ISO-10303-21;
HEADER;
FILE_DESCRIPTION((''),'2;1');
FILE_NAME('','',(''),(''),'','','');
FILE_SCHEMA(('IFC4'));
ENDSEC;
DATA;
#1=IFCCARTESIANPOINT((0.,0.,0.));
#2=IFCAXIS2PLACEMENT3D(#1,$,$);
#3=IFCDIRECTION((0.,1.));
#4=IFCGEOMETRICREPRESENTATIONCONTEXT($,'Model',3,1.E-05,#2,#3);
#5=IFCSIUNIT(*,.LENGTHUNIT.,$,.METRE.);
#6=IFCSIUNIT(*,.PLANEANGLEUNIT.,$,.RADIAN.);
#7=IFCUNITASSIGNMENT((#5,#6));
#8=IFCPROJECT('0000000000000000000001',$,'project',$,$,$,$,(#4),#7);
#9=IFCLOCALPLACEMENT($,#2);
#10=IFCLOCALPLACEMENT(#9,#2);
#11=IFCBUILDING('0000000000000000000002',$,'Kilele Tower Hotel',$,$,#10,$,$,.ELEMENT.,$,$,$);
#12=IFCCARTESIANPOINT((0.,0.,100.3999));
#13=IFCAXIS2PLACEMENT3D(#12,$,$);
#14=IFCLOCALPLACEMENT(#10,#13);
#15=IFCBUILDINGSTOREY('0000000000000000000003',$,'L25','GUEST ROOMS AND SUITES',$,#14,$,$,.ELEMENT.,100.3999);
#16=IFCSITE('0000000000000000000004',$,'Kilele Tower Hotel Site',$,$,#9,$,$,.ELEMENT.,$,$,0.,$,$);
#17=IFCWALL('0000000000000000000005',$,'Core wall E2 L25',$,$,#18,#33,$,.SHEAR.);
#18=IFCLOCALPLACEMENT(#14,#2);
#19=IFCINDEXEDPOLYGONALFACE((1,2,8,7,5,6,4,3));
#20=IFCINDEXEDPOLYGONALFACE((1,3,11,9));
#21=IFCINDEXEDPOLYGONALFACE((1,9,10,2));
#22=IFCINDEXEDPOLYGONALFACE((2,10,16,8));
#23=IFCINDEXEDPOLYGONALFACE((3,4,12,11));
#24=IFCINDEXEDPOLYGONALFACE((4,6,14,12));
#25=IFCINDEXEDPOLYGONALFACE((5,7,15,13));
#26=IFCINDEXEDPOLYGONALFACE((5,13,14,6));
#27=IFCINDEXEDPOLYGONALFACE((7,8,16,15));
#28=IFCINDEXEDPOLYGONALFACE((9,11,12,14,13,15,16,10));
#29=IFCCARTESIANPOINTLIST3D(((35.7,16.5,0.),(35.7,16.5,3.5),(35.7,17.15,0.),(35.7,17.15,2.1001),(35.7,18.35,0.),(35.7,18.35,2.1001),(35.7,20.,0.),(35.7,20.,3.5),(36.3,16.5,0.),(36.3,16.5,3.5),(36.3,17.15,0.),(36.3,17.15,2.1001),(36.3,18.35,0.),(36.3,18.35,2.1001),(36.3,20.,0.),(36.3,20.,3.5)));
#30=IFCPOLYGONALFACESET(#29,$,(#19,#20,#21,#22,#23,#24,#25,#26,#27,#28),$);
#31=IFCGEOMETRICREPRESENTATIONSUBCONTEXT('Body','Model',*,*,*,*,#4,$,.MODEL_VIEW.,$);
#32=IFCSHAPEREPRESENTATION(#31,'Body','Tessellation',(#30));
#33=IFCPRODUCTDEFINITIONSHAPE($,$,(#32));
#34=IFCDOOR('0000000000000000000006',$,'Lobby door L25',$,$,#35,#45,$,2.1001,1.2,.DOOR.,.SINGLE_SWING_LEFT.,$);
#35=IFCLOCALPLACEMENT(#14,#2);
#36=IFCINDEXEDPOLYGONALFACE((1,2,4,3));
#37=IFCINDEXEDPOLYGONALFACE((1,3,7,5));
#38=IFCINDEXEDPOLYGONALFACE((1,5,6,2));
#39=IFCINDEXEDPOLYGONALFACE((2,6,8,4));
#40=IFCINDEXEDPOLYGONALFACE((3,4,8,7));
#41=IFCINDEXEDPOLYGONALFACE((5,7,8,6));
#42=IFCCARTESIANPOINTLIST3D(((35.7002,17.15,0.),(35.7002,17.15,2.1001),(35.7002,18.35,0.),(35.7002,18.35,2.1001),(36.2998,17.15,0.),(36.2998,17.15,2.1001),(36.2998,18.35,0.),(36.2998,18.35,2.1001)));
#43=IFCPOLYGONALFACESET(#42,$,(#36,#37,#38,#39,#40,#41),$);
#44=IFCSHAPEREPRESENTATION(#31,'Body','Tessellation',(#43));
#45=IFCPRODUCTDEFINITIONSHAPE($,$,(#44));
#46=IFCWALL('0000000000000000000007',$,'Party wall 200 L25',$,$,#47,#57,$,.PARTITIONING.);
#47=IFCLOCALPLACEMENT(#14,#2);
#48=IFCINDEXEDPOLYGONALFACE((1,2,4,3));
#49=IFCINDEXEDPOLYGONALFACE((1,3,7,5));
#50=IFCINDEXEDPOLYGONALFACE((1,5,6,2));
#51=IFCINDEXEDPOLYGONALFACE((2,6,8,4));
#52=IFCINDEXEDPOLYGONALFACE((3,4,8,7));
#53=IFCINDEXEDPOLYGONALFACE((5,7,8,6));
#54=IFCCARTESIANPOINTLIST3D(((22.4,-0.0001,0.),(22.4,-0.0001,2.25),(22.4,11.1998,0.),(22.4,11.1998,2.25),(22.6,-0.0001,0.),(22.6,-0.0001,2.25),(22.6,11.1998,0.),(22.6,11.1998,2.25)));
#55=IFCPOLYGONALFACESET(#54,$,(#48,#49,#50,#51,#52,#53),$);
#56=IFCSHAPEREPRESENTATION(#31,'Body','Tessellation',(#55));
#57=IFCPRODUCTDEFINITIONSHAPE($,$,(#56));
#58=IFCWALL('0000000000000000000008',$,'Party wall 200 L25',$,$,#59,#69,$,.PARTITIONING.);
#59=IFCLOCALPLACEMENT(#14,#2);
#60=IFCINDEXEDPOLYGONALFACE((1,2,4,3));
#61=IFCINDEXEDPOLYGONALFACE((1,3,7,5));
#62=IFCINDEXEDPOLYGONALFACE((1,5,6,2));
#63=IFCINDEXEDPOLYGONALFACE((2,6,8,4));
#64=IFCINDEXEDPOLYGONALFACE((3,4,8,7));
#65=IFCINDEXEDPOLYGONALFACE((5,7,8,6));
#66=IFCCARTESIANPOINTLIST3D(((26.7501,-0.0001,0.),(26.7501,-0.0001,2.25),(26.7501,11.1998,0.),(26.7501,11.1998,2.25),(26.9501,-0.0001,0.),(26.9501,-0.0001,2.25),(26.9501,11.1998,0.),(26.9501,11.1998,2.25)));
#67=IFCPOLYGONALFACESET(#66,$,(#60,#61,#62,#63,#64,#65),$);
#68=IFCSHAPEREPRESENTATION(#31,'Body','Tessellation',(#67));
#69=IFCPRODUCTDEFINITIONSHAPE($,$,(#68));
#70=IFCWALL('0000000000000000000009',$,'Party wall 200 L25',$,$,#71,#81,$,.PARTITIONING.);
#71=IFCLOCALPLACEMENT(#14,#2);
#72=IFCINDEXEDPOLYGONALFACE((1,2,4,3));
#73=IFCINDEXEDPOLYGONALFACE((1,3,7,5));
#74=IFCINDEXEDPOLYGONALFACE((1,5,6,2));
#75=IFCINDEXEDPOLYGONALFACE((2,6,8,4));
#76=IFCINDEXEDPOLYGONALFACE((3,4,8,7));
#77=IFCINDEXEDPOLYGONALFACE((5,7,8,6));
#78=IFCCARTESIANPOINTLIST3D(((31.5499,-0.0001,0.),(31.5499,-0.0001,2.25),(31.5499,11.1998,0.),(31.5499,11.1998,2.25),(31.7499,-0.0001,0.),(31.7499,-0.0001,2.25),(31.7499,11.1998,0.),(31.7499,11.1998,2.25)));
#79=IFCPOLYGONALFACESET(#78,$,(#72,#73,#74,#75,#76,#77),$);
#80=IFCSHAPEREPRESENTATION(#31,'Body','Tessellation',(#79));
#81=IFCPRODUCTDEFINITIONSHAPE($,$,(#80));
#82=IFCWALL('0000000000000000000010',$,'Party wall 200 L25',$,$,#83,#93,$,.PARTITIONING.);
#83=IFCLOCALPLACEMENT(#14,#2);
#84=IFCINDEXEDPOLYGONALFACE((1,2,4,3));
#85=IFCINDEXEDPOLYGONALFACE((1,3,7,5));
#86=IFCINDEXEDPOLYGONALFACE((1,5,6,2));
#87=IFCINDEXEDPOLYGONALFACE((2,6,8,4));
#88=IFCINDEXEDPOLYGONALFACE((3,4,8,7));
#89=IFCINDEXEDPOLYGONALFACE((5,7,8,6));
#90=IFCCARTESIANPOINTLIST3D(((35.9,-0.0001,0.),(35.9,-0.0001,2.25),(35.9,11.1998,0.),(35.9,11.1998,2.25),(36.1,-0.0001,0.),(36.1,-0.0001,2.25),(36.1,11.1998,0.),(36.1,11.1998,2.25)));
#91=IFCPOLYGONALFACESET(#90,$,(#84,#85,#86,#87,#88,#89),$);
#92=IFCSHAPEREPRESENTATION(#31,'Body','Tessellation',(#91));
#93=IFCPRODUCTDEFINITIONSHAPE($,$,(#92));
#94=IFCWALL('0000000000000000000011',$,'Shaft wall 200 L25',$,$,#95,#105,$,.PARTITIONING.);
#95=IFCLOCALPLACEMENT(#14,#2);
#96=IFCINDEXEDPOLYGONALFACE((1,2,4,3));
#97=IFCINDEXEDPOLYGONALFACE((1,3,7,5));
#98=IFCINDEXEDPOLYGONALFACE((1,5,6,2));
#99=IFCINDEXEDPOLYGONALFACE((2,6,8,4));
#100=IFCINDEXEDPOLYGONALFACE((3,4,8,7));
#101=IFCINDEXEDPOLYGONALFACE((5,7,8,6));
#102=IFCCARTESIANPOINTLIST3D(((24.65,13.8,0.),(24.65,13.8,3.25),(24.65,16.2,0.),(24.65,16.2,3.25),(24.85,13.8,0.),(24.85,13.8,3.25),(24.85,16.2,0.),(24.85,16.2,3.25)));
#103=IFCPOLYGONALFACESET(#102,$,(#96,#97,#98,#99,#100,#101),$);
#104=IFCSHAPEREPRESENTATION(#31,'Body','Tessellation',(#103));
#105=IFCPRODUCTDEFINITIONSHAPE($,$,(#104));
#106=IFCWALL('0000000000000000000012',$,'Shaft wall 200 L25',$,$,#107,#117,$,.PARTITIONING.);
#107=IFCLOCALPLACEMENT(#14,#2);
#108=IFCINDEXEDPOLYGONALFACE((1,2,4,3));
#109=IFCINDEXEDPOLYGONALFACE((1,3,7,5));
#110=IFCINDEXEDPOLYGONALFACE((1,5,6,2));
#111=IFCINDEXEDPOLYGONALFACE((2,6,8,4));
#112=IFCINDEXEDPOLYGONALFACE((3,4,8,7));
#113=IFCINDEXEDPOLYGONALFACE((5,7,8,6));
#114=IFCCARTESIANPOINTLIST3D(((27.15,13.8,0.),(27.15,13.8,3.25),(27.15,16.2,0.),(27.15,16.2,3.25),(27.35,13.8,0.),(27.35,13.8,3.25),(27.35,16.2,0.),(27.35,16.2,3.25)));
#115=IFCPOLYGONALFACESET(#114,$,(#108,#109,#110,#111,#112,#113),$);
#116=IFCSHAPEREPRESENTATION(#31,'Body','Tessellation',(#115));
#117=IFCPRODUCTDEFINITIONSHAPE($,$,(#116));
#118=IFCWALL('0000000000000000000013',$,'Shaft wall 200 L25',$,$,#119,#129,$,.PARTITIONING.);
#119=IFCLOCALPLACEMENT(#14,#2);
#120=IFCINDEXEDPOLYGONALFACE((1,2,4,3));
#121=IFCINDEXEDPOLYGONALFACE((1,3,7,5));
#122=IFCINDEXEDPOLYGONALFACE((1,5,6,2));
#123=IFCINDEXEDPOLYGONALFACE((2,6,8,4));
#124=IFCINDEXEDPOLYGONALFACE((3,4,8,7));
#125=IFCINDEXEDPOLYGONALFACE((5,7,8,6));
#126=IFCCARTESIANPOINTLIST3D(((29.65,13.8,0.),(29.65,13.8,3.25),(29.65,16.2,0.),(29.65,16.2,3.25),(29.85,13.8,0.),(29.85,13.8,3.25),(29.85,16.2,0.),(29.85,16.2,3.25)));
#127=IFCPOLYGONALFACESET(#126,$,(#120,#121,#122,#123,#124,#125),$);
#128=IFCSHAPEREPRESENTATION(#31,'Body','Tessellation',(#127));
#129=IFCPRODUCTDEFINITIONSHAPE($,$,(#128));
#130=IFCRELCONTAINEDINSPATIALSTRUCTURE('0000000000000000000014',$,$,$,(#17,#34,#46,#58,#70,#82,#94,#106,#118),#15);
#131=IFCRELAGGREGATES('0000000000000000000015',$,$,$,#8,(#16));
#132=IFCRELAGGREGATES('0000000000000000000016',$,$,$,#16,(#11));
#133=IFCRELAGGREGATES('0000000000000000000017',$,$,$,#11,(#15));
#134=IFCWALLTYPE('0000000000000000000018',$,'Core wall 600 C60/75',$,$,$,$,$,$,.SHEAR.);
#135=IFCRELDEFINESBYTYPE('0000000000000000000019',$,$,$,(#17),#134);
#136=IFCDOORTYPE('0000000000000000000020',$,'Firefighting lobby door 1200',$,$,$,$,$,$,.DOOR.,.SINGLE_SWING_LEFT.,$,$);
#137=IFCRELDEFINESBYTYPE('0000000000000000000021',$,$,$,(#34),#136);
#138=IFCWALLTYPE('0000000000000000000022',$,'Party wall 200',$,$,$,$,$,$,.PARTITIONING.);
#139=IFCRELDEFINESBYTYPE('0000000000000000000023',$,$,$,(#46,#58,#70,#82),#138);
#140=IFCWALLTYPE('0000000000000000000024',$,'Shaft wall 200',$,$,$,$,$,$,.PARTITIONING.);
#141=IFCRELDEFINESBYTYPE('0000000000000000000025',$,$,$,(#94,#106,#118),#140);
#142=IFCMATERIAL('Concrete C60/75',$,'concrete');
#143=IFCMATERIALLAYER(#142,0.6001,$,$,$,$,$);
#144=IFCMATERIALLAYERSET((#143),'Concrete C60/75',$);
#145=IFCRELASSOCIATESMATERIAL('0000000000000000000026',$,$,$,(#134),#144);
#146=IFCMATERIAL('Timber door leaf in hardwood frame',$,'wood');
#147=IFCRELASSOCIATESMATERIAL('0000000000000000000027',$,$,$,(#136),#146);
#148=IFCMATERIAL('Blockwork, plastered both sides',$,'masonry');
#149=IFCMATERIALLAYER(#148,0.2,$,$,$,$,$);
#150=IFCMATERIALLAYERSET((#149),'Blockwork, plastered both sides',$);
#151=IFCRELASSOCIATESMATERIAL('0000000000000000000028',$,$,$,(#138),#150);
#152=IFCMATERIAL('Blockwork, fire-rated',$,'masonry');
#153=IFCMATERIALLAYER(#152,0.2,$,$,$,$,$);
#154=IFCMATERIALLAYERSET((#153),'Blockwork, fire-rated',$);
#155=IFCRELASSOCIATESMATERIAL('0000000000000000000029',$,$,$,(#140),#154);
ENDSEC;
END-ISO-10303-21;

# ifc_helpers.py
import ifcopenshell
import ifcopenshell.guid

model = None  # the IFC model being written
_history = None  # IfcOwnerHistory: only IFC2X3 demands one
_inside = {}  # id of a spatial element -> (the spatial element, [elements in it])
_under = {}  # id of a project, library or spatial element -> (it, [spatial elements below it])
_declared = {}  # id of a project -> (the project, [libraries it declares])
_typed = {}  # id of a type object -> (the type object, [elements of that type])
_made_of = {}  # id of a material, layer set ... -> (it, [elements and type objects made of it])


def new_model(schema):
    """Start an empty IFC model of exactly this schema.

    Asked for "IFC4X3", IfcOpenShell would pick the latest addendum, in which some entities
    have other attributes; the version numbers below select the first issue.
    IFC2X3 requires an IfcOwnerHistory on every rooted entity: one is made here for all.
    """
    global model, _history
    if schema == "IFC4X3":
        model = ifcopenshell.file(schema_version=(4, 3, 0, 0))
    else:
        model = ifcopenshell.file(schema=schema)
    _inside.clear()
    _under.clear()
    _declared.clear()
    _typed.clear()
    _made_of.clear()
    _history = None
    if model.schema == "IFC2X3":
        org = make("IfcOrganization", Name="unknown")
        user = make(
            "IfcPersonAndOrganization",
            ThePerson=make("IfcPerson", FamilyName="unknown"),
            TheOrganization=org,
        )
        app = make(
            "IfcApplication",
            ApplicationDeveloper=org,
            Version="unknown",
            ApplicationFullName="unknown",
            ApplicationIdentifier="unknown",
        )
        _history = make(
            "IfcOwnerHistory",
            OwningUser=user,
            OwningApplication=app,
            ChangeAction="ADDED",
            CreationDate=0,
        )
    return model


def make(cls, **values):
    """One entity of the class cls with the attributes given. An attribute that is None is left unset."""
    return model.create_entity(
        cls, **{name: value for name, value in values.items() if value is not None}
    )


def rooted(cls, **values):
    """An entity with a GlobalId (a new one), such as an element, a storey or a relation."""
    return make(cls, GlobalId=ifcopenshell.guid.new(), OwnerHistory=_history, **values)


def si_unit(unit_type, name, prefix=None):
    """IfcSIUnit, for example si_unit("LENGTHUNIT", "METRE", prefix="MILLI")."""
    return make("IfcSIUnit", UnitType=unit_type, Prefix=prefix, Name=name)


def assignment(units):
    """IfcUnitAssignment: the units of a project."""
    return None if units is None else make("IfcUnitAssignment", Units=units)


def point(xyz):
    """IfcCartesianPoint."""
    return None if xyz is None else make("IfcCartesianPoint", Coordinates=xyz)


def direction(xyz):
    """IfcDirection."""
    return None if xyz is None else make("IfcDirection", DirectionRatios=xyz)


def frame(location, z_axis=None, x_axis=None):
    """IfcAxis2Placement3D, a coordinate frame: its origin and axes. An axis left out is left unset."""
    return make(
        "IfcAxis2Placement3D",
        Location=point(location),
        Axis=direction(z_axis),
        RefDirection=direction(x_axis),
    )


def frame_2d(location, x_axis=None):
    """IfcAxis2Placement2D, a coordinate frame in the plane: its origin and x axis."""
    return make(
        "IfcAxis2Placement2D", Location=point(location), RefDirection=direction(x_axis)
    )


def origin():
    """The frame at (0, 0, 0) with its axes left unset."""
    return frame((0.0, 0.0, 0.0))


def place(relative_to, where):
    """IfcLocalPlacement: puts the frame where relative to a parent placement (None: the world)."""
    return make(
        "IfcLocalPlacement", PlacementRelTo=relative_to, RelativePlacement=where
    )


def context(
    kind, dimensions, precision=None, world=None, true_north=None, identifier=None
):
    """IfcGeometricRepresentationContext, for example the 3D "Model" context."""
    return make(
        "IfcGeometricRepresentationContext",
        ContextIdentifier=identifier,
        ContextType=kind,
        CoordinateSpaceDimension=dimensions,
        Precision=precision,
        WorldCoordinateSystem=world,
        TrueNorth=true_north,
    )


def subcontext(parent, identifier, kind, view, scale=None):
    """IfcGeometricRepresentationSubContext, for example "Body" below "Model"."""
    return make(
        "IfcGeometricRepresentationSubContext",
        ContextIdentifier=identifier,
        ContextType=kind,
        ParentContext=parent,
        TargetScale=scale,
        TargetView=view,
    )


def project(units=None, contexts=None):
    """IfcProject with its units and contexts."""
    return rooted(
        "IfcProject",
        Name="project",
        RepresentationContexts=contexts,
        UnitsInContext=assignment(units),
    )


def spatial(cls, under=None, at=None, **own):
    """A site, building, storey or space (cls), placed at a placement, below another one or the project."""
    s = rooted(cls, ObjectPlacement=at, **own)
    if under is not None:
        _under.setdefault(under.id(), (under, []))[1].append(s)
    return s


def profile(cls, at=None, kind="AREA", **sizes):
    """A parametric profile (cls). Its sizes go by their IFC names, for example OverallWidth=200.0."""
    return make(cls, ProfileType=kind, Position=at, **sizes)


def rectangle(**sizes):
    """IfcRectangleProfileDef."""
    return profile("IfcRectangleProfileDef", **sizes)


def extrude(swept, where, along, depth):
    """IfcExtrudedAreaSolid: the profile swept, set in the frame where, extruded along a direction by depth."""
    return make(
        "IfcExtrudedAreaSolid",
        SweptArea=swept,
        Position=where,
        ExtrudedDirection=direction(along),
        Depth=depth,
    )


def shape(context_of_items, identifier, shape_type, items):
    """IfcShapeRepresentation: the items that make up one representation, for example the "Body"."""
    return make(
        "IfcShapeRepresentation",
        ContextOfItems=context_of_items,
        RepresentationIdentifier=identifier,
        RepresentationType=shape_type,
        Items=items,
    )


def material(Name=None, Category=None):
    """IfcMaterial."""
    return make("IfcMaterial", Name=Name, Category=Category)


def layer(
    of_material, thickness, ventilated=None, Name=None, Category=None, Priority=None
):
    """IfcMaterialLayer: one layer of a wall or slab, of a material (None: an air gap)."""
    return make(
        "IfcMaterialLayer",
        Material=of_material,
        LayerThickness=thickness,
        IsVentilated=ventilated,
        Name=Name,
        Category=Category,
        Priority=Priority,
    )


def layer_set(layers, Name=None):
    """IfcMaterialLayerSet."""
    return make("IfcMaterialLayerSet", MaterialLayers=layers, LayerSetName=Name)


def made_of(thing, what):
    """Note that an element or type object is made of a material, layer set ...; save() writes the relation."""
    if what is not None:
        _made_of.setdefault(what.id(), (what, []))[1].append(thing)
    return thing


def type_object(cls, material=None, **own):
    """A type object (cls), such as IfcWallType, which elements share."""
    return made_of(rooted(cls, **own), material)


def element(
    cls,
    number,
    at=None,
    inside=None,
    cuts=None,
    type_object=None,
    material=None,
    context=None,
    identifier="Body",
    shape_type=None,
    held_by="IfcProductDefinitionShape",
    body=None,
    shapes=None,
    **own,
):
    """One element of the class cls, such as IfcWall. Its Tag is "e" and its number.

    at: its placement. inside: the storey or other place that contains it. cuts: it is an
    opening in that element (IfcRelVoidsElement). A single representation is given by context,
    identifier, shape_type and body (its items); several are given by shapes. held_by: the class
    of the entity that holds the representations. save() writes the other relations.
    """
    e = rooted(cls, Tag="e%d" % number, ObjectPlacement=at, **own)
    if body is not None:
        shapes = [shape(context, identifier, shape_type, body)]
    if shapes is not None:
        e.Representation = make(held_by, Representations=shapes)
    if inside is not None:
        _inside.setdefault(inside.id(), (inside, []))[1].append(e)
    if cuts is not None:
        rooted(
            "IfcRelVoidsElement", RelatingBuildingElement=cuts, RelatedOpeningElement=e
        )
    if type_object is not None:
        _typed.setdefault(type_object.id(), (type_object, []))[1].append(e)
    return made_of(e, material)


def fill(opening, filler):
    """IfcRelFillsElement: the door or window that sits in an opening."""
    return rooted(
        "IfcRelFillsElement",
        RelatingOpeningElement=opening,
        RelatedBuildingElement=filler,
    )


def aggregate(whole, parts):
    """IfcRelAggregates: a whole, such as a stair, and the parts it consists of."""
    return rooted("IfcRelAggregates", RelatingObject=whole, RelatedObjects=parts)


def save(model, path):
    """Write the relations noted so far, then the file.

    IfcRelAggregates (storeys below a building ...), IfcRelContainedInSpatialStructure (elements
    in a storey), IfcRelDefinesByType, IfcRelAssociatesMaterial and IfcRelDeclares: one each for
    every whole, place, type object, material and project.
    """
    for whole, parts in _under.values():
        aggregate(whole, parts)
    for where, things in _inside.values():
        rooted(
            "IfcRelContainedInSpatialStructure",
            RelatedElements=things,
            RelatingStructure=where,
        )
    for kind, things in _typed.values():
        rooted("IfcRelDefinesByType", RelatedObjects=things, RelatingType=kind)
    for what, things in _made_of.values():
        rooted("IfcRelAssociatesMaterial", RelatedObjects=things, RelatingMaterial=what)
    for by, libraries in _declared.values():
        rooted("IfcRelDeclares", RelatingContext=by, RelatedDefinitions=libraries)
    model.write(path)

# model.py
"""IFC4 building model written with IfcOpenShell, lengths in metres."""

from ifc_helpers import new_model, si_unit, direction, frame, frame_2d, origin, place, context, subcontext, project, spatial, rectangle, extrude, material, layer, layer_set, type_object, element, fill, save


model = new_model("IFC4")

# Units and contexts
model_context = context("Model", 3, precision=1e-05, world=origin(), true_north=direction((0.0, 1.0)))
body_context = subcontext(model_context, "Body", "Model", "MODEL_VIEW")
ifc_project = project(units=[si_unit("LENGTHUNIT", "METRE"), si_unit("PLANEANGLEUNIT", "RADIAN")], contexts=[model_context])

# Site, building, storey
site_placement = place(None, origin())
site = spatial("IfcSite", under=ifc_project, at=site_placement, Name="Kilele Tower Hotel Site", CompositionType="ELEMENT", RefElevation=0.0)
building_placement = place(site_placement, origin())
building = spatial("IfcBuilding", under=site, at=building_placement, Name="Kilele Tower Hotel", CompositionType="ELEMENT")
storey_placement = place(building_placement, frame((0.0, 0.0, 100.3999)))
storey = spatial("IfcBuildingStorey", under=building, at=storey_placement, Name="L25", Description="GUEST ROOMS AND SUITES", CompositionType="ELEMENT", Elevation=100.3999)

# Shared definitions
ifc_material_1 = material(Name="Concrete C60/75", Category="concrete")
ifc_layer_1 = layer(ifc_material_1, 0.6001)
ifc_layer_set_1 = layer_set([ifc_layer_1], Name="Concrete C60/75")
wall_type_1 = type_object("IfcWallType", Name="Core wall 600 C60/75", PredefinedType="SHEAR", material=ifc_layer_set_1)
ifc_material_2 = material(Name="Timber door leaf in hardwood frame", Category="wood")
door_type_1 = type_object("IfcDoorType", Name="Firefighting lobby door 1200", OperationType="SINGLE_SWING_LEFT", PredefinedType="DOOR", material=ifc_material_2)

# Wall, opening, door
wall_1_placement = place(storey_placement, frame((36.0, 16.5, 0.0), z_axis=(0.0, 0.0, 1.0), x_axis=(0.0, 1.0, 0.0)))
wall_1 = element("IfcWall", 1, at=wall_1_placement, inside=storey, type_object=wall_type_1, Name="Core wall E2 L25", PredefinedType="SHEAR", context=body_context, shape_type="SweptSolid", body=[
    extrude(rectangle(XDim=3.5, YDim=0.6001, at=frame_2d((1.75, 0.0))), origin(), (0.0, 0.0, 1.0), 3.5),
])
opening_1_placement = place(wall_1_placement, frame((0.6499, 0.0, 0.0)))
opening_1 = element("IfcOpeningElement", 2, at=opening_1_placement, cuts=wall_1, PredefinedType="OPENING", context=body_context, shape_type="SweptSolid", body=[
    extrude(rectangle(XDim=1.2, YDim=2.1001, at=frame_2d((0.6001, 1.05))), frame((0.0, 0.3101, 0.0), z_axis=(0.0, -1.0, 0.0), x_axis=(1.0, 0.0, 0.0)), (0.0, 0.0, 1.0), 0.6201),
])
door_1_placement = place(opening_1_placement, origin())
door_1 = element("IfcDoor", 3, at=door_1_placement, inside=storey, type_object=door_type_1, Name="Lobby door L25", OperationType="SINGLE_SWING_LEFT", OverallHeight=2.1001, OverallWidth=1.2, PredefinedType="DOOR", context=body_context, shape_type="SweptSolid", body=[
    extrude(rectangle(XDim=1.2, YDim=2.1001, at=frame_2d((0.6001, 1.05))), frame((0.0, 0.2998, 0.0), z_axis=(0.0, -1.0, 0.0), x_axis=(1.0, 0.0, 0.0)), (0.0, 0.0, 1.0), 0.5996),
])
fill(opening_1, door_1)

# Walls
ifc_material_3 = material(Name="Blockwork, plastered both sides", Category="masonry")
ifc_layer_2 = layer(ifc_material_3, 0.2)
ifc_layer_set_2 = layer_set([ifc_layer_2], Name="Blockwork, plastered both sides")
wall_type_2 = type_object("IfcWallType", Name="Party wall 200", PredefinedType="PARTITIONING", material=ifc_layer_set_2)
for number, where, z_axis, x_axis, name in (
    (4, (22.5, 11.2, 0.0), (0.0, 0.0, 1.0), (0.0, -1.0, 0.0), "Party wall 200 L25"),
    (5, (26.8501, 11.2, 0.0), (0.0, 0.0, 1.0), (0.0, -1.0, 0.0), "Party wall 200 L25"),
    (6, (31.6499, 11.2, 0.0), (0.0, 0.0, 1.0), (0.0, -1.0, 0.0), "Party wall 200 L25"),
    (7, (36.0, 11.2, 0.0), (0.0, 0.0, 1.0), (0.0, -1.0, 0.0), "Party wall 200 L25"),
):
    element("IfcWall", number, at=place(storey_placement, frame(where, z_axis=z_axis, x_axis=x_axis)), inside=storey, type_object=wall_type_2, Name=name, PredefinedType="PARTITIONING", context=body_context, shape_type="SweptSolid", body=[
        extrude(rectangle(XDim=11.2, YDim=0.2, at=frame_2d((5.6001, 0.0))), origin(), (0.0, 0.0, 1.0), 2.25),
    ])
ifc_material_4 = material(Name="Blockwork, fire-rated", Category="masonry")
ifc_layer_3 = layer(ifc_material_4, 0.2)
ifc_layer_set_3 = layer_set([ifc_layer_3], Name="Blockwork, fire-rated")
wall_type_3 = type_object("IfcWallType", Name="Shaft wall 200", PredefinedType="PARTITIONING", material=ifc_layer_set_3)
for number, where, z_axis, x_axis, name in (
    (8, (24.75, 13.8, 0.0), (0.0, 0.0, 1.0), (0.0, 1.0, 0.0), "Shaft wall 200 L25"),
    (9, (27.25, 13.8, 0.0), (0.0, 0.0, 1.0), (0.0, 1.0, 0.0), "Shaft wall 200 L25"),
    (10, (29.75, 13.8, 0.0), (0.0, 0.0, 1.0), (0.0, 1.0, 0.0), "Shaft wall 200 L25"),
):
    element("IfcWall", number, at=place(storey_placement, frame(where, z_axis=z_axis, x_axis=x_axis)), inside=storey, type_object=wall_type_3, Name=name, PredefinedType="PARTITIONING", context=body_context, shape_type="SweptSolid", body=[
        extrude(rectangle(XDim=2.3999, YDim=0.2, at=frame_2d((1.2, 0.0))), origin(), (0.0, 0.0, 1.0), 3.25),
    ])

save(model, "model.ifc")
